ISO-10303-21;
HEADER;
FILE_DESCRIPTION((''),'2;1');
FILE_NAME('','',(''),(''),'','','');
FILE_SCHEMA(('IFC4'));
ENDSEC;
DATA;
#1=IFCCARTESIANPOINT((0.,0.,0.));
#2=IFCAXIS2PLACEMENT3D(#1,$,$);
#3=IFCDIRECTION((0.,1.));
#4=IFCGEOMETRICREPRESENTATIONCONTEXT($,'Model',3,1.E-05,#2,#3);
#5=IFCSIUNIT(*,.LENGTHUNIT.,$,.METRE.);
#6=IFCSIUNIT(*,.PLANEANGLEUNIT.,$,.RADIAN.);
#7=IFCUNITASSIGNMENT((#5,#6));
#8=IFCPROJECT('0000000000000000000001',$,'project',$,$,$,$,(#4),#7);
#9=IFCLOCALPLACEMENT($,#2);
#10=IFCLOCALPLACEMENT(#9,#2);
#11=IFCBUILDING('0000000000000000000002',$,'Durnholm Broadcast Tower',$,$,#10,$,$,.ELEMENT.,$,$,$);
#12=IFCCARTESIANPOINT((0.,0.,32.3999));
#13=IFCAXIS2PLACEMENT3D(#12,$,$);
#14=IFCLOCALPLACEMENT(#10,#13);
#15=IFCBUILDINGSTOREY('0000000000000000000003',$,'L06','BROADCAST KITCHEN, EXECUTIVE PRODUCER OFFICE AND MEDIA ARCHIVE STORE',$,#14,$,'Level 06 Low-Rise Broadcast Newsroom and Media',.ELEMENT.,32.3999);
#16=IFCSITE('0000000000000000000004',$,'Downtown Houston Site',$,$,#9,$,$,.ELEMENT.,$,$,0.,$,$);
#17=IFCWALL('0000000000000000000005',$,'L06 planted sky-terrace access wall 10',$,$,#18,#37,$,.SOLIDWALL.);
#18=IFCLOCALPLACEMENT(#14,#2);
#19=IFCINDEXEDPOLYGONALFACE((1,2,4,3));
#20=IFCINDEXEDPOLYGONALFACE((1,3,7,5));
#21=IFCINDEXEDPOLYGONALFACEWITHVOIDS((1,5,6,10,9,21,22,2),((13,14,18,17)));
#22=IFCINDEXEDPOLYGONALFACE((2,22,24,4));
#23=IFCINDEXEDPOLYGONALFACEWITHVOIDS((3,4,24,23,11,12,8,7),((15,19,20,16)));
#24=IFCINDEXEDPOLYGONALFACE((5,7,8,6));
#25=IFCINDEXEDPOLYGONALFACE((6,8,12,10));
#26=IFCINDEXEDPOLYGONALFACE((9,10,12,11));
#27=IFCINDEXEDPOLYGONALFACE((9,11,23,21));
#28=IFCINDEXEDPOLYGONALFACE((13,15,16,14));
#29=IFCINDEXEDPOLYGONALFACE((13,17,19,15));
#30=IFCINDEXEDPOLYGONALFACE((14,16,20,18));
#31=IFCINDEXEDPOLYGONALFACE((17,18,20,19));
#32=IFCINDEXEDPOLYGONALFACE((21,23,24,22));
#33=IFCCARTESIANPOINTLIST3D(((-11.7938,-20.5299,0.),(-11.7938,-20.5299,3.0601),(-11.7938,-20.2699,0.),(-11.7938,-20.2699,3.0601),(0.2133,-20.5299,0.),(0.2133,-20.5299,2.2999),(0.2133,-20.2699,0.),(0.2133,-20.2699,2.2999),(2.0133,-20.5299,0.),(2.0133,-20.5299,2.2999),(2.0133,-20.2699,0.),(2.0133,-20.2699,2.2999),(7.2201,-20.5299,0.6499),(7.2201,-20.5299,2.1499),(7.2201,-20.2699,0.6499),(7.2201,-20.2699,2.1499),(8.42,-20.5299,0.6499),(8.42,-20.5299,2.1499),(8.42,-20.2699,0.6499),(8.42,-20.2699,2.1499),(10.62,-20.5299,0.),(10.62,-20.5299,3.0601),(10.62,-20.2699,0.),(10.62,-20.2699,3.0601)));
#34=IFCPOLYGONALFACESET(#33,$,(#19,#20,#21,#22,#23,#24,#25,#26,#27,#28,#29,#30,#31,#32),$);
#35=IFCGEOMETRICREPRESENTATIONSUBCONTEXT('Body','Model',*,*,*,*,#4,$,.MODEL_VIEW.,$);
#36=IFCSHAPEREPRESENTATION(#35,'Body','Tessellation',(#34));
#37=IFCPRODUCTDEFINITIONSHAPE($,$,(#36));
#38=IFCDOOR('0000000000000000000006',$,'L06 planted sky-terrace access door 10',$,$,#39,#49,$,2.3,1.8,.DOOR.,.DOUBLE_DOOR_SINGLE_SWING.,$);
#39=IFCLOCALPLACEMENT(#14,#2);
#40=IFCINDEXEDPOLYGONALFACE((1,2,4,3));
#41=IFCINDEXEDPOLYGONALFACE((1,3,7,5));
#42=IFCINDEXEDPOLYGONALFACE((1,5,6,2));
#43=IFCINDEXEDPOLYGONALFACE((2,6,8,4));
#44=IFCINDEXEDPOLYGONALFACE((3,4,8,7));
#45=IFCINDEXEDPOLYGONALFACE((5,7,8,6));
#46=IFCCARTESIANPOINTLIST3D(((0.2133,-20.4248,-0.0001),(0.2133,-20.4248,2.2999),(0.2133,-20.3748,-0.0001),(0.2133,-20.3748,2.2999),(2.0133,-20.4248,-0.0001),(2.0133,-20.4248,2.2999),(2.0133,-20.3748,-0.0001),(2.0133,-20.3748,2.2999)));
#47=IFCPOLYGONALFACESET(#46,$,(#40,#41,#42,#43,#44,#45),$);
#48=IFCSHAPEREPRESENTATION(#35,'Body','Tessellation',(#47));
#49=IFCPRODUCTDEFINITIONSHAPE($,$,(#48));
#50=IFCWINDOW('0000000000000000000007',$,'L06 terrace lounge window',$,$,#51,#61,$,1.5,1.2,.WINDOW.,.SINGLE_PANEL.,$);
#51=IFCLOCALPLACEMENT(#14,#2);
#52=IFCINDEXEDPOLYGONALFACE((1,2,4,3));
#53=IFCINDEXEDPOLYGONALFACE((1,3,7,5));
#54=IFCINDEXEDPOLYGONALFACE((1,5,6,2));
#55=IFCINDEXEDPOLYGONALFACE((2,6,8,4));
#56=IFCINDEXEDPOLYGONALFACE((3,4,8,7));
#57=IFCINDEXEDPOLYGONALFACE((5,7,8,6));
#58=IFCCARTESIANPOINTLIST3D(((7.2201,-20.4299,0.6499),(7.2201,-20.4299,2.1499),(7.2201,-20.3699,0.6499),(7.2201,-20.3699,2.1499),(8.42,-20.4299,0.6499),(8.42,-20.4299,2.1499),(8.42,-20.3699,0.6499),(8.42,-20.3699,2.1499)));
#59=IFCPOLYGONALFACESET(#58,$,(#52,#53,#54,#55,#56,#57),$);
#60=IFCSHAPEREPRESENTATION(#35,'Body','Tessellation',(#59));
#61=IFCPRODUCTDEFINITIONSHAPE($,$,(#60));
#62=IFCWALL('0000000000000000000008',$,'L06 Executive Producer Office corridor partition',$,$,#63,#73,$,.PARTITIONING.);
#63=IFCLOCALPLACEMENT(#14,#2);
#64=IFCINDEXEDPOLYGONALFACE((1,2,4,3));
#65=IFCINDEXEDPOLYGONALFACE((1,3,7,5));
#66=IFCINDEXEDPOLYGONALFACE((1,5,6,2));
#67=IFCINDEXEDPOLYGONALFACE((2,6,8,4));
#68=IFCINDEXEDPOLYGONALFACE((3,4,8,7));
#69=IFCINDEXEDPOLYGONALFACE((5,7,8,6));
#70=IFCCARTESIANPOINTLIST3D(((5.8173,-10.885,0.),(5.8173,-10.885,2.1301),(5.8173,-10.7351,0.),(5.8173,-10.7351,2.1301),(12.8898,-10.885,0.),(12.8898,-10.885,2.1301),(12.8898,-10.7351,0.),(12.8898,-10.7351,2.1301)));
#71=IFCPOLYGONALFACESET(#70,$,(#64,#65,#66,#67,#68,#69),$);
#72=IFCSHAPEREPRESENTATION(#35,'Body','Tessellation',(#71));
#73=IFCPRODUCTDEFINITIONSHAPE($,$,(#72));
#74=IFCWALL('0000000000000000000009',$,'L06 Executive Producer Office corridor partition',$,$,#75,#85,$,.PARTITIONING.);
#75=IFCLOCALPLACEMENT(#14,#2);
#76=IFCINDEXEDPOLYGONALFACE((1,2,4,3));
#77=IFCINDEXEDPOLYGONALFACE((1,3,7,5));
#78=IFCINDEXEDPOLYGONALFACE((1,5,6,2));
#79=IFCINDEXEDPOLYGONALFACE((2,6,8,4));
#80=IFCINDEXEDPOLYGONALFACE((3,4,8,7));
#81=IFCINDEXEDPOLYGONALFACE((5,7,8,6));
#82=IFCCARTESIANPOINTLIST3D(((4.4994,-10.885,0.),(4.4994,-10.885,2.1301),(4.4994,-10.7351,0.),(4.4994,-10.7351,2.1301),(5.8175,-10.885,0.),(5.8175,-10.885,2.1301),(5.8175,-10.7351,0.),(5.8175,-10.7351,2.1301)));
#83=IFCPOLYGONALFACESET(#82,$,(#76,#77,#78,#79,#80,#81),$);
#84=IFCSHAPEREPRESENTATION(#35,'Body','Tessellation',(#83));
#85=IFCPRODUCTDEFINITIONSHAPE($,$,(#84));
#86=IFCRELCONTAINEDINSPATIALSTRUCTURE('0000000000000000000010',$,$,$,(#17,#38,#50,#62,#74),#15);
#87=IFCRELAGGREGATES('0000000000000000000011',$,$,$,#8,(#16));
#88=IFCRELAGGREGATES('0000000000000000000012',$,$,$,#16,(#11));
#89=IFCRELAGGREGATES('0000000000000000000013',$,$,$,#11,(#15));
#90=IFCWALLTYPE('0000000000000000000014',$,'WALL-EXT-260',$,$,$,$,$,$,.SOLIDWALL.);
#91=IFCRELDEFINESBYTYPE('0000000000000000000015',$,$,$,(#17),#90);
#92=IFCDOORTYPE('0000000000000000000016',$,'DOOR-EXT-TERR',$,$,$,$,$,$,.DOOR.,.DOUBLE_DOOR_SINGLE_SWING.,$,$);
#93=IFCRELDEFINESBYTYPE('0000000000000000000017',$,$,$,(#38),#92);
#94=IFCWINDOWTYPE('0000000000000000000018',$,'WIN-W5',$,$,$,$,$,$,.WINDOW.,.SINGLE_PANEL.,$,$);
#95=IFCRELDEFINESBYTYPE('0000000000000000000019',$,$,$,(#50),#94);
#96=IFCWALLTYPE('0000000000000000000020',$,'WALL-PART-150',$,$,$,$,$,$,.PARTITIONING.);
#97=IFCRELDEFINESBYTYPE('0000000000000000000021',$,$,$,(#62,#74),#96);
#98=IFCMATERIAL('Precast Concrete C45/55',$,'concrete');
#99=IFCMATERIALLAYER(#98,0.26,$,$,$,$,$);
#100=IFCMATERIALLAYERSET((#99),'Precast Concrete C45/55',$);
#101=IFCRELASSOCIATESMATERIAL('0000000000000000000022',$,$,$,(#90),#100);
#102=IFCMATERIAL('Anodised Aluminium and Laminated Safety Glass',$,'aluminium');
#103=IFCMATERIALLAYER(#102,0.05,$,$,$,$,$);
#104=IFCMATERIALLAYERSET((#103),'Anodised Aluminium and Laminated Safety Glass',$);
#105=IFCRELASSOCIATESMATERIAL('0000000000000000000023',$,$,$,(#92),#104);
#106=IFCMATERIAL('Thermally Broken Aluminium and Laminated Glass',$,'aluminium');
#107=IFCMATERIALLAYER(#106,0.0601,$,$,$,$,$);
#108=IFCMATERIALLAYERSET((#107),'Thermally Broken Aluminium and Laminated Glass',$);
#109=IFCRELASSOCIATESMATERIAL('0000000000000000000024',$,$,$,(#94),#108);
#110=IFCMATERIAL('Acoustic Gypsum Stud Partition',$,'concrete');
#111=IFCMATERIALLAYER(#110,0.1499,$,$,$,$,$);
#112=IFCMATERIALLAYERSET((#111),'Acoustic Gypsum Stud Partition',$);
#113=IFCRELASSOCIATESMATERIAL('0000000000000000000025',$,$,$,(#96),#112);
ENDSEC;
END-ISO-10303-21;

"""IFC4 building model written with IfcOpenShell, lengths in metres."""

from ifc_helpers import new_model, si_unit, direction, frame, frame_2d, origin, place, context, subcontext, project, spatial, rectangle, extrude, source, transform, mapped, material, layer, layer_set, type_object, type_shapes, element, fill, save


model = new_model("IFC4")

# Units and contexts
model_context = context("Model", 3, precision=1e-05, world=origin(), true_north=direction((0.0, 1.0)))
body_context = subcontext(model_context, "Body", "Model", "MODEL_VIEW")
ifc_project = project(units=[si_unit("LENGTHUNIT", "METRE"), si_unit("PLANEANGLEUNIT", "RADIAN")], contexts=[model_context])

# Site, building, storey
site_placement = place(None, origin())
site = spatial("IfcSite", under=ifc_project, at=site_placement, Name="Downtown Houston Site", CompositionType="ELEMENT", RefElevation=0.0)
building_placement = place(site_placement, origin())
building = spatial("IfcBuilding", under=site, at=building_placement, Name="Durnholm Broadcast Tower", CompositionType="ELEMENT")
storey_placement = place(building_placement, frame((0.0, 0.0, 32.3999)))
storey = spatial("IfcBuildingStorey", under=building, at=storey_placement, Name="L06", Description="BROADCAST KITCHEN, EXECUTIVE PRODUCER OFFICE AND MEDIA ARCHIVE STORE", LongName="Level 06 Low-Rise Broadcast Newsroom and Media", CompositionType="ELEMENT", Elevation=32.3999)

# Wall, openings, door, window
ifc_material_1 = material(Name="Precast Concrete C45/55", Category="concrete")
ifc_layer_1 = layer(ifc_material_1, 0.26)
ifc_layer_set_1 = layer_set([ifc_layer_1], Name="Precast Concrete C45/55")
wall_type_1 = type_object("IfcWallType", Name="WALL-EXT-260", PredefinedType="SOLIDWALL", material=ifc_layer_set_1)
wall_1_placement = place(storey_placement, frame((10.6201, -20.3999, 0.0), z_axis=(0.0, 0.0, 1.0), x_axis=(-1.0, 0.0, 0.0)))
wall_1 = element("IfcWall", 1, at=wall_1_placement, inside=storey, type_object=wall_type_1, Name="L06 planted sky-terrace access wall 10", PredefinedType="SOLIDWALL", context=body_context, shape_type="SweptSolid", body=[
    extrude(rectangle(XDim=22.4138, YDim=0.26, at=frame_2d((11.207, 0.0))), origin(), (0.0, 0.0, 1.0), 3.0601),
])
opening_1_placement = place(wall_1_placement, frame((8.6069, 0.0, 0.0)))
opening_1 = element("IfcOpeningElement", 2, at=opening_1_placement, cuts=wall_1, PredefinedType="OPENING", context=body_context, shape_type="SweptSolid", body=[
    extrude(rectangle(XDim=1.8, YDim=2.3, at=frame_2d((0.8999, 1.1499))), frame((0.0, 0.1401, 0.0), z_axis=(0.0, -1.0, 0.0), x_axis=(1.0, 0.0, 0.0)), (0.0, 0.0, 1.0), 0.28),
])
opening_2_placement = place(wall_1_placement, frame((2.2, 0.0, 0.6499)))
opening_2 = element("IfcOpeningElement", 3, at=opening_2_placement, cuts=wall_1, PredefinedType="OPENING", context=body_context, shape_type="SweptSolid", body=[
    extrude(rectangle(XDim=1.2, YDim=1.5, at=frame_2d((0.6001, 0.75))), frame((0.0, 0.1401, 0.0), z_axis=(0.0, -1.0, 0.0), x_axis=(1.0, 0.0, 0.0)), (0.0, 0.0, 1.0), 0.28),
])
ifc_material_2 = material(Name="Anodised Aluminium and Laminated Safety Glass", Category="aluminium")
ifc_layer_2 = layer(ifc_material_2, 0.05)
ifc_layer_set_2 = layer_set([ifc_layer_2], Name="Anodised Aluminium and Laminated Safety Glass")
door_type = type_object("IfcDoorType", Name="DOOR-EXT-TERR", OperationType="DOUBLE_DOOR_SINGLE_SWING", PredefinedType="DOOR", material=ifc_layer_set_2)
shared_shape_1 = source(origin(), body_context, "Body", "SweptSolid", [
    extrude(rectangle(XDim=1.8, YDim=2.3, at=frame_2d((0.8999, 1.1499))), frame((0.0, 0.0249, 0.0), z_axis=(0.0, -1.0, 0.0), x_axis=(1.0, 0.0, 0.0)), (0.0, 0.0, 1.0), 0.05),
])
type_shapes(door_type, [shared_shape_1])
door_placement = place(opening_1_placement, origin())
door = element("IfcDoor", 4, at=door_placement, inside=storey, type_object=door_type, Name="L06 planted sky-terrace access door 10", OperationType="DOUBLE_DOOR_SINGLE_SWING", OverallHeight=2.3, OverallWidth=1.8, PredefinedType="DOOR", context=body_context, shape_type="MappedRepresentation", body=[
    mapped(shared_shape_1, transform((0.0, 0.0, 0.0), x_axis=(1.0, 0.0, 0.0), y_axis=(0.0, 1.0, 0.0), z_axis=(0.0, 0.0, 1.0), scale=1.0)),
])
fill(opening_1, door)
ifc_material_3 = material(Name="Thermally Broken Aluminium and Laminated Glass", Category="aluminium")
ifc_layer_3 = layer(ifc_material_3, 0.0601)
ifc_layer_set_3 = layer_set([ifc_layer_3], Name="Thermally Broken Aluminium and Laminated Glass")
window_type = type_object("IfcWindowType", Name="WIN-W5", PartitioningType="SINGLE_PANEL", PredefinedType="WINDOW", material=ifc_layer_set_3)
shared_shape_2 = source(origin(), body_context, "Body", "SweptSolid", [
    extrude(rectangle(XDim=1.2, YDim=1.5, at=frame_2d((0.6001, 0.75))), frame((0.0, 0.03, 0.0), z_axis=(0.0, -1.0, 0.0), x_axis=(1.0, 0.0, 0.0)), (0.0, 0.0, 1.0), 0.0601),
])
type_shapes(window_type, [shared_shape_2])
window_placement = place(opening_2_placement, origin())
window = element("IfcWindow", 5, at=window_placement, inside=storey, type_object=window_type, Name="L06 terrace lounge window", OverallHeight=1.5, OverallWidth=1.2, PartitioningType="SINGLE_PANEL", PredefinedType="WINDOW", context=body_context, shape_type="MappedRepresentation", body=[
    mapped(shared_shape_2, transform((0.0, 0.0, 0.0), x_axis=(1.0, 0.0, 0.0), y_axis=(0.0, 1.0, 0.0), z_axis=(0.0, 0.0, 1.0), scale=1.0)),
])
fill(opening_2, window)

# Walls
ifc_material_4 = material(Name="Acoustic Gypsum Stud Partition", Category="concrete")
ifc_layer_4 = layer(ifc_material_4, 0.1499)
ifc_layer_set_4 = layer_set([ifc_layer_4], Name="Acoustic Gypsum Stud Partition")
wall_type_2 = type_object("IfcWallType", Name="WALL-PART-150", PredefinedType="PARTITIONING", material=ifc_layer_set_4)
wall_2_placement = place(storey_placement, frame((5.8174, -10.8101, 0.0), z_axis=(0.0, 0.0, 1.0), x_axis=(1.0, 0.0, 0.0)))
element("IfcWall", 6, at=wall_2_placement, inside=storey, type_object=wall_type_2, Name="L06 Executive Producer Office corridor partition", PredefinedType="PARTITIONING", context=body_context, shape_type="SweptSolid", body=[
    extrude(rectangle(XDim=7.0725, YDim=0.1499, at=frame_2d((3.5361, 0.0))), origin(), (0.0, 0.0, 1.0), 2.1301),
])
wall_3_placement = place(storey_placement, frame((4.4993, -10.8101, 0.0), z_axis=(0.0, 0.0, 1.0), x_axis=(1.0, 0.0, 0.0)))
element("IfcWall", 7, at=wall_3_placement, inside=storey, type_object=wall_type_2, Name="L06 Executive Producer Office corridor partition", PredefinedType="PARTITIONING", context=body_context, shape_type="SweptSolid", body=[
    extrude(rectangle(XDim=1.3181, YDim=0.1499, at=frame_2d((0.6592, 0.0))), origin(), (0.0, 0.0, 1.0), 2.1301),
])

save(model, "model.ifc")
